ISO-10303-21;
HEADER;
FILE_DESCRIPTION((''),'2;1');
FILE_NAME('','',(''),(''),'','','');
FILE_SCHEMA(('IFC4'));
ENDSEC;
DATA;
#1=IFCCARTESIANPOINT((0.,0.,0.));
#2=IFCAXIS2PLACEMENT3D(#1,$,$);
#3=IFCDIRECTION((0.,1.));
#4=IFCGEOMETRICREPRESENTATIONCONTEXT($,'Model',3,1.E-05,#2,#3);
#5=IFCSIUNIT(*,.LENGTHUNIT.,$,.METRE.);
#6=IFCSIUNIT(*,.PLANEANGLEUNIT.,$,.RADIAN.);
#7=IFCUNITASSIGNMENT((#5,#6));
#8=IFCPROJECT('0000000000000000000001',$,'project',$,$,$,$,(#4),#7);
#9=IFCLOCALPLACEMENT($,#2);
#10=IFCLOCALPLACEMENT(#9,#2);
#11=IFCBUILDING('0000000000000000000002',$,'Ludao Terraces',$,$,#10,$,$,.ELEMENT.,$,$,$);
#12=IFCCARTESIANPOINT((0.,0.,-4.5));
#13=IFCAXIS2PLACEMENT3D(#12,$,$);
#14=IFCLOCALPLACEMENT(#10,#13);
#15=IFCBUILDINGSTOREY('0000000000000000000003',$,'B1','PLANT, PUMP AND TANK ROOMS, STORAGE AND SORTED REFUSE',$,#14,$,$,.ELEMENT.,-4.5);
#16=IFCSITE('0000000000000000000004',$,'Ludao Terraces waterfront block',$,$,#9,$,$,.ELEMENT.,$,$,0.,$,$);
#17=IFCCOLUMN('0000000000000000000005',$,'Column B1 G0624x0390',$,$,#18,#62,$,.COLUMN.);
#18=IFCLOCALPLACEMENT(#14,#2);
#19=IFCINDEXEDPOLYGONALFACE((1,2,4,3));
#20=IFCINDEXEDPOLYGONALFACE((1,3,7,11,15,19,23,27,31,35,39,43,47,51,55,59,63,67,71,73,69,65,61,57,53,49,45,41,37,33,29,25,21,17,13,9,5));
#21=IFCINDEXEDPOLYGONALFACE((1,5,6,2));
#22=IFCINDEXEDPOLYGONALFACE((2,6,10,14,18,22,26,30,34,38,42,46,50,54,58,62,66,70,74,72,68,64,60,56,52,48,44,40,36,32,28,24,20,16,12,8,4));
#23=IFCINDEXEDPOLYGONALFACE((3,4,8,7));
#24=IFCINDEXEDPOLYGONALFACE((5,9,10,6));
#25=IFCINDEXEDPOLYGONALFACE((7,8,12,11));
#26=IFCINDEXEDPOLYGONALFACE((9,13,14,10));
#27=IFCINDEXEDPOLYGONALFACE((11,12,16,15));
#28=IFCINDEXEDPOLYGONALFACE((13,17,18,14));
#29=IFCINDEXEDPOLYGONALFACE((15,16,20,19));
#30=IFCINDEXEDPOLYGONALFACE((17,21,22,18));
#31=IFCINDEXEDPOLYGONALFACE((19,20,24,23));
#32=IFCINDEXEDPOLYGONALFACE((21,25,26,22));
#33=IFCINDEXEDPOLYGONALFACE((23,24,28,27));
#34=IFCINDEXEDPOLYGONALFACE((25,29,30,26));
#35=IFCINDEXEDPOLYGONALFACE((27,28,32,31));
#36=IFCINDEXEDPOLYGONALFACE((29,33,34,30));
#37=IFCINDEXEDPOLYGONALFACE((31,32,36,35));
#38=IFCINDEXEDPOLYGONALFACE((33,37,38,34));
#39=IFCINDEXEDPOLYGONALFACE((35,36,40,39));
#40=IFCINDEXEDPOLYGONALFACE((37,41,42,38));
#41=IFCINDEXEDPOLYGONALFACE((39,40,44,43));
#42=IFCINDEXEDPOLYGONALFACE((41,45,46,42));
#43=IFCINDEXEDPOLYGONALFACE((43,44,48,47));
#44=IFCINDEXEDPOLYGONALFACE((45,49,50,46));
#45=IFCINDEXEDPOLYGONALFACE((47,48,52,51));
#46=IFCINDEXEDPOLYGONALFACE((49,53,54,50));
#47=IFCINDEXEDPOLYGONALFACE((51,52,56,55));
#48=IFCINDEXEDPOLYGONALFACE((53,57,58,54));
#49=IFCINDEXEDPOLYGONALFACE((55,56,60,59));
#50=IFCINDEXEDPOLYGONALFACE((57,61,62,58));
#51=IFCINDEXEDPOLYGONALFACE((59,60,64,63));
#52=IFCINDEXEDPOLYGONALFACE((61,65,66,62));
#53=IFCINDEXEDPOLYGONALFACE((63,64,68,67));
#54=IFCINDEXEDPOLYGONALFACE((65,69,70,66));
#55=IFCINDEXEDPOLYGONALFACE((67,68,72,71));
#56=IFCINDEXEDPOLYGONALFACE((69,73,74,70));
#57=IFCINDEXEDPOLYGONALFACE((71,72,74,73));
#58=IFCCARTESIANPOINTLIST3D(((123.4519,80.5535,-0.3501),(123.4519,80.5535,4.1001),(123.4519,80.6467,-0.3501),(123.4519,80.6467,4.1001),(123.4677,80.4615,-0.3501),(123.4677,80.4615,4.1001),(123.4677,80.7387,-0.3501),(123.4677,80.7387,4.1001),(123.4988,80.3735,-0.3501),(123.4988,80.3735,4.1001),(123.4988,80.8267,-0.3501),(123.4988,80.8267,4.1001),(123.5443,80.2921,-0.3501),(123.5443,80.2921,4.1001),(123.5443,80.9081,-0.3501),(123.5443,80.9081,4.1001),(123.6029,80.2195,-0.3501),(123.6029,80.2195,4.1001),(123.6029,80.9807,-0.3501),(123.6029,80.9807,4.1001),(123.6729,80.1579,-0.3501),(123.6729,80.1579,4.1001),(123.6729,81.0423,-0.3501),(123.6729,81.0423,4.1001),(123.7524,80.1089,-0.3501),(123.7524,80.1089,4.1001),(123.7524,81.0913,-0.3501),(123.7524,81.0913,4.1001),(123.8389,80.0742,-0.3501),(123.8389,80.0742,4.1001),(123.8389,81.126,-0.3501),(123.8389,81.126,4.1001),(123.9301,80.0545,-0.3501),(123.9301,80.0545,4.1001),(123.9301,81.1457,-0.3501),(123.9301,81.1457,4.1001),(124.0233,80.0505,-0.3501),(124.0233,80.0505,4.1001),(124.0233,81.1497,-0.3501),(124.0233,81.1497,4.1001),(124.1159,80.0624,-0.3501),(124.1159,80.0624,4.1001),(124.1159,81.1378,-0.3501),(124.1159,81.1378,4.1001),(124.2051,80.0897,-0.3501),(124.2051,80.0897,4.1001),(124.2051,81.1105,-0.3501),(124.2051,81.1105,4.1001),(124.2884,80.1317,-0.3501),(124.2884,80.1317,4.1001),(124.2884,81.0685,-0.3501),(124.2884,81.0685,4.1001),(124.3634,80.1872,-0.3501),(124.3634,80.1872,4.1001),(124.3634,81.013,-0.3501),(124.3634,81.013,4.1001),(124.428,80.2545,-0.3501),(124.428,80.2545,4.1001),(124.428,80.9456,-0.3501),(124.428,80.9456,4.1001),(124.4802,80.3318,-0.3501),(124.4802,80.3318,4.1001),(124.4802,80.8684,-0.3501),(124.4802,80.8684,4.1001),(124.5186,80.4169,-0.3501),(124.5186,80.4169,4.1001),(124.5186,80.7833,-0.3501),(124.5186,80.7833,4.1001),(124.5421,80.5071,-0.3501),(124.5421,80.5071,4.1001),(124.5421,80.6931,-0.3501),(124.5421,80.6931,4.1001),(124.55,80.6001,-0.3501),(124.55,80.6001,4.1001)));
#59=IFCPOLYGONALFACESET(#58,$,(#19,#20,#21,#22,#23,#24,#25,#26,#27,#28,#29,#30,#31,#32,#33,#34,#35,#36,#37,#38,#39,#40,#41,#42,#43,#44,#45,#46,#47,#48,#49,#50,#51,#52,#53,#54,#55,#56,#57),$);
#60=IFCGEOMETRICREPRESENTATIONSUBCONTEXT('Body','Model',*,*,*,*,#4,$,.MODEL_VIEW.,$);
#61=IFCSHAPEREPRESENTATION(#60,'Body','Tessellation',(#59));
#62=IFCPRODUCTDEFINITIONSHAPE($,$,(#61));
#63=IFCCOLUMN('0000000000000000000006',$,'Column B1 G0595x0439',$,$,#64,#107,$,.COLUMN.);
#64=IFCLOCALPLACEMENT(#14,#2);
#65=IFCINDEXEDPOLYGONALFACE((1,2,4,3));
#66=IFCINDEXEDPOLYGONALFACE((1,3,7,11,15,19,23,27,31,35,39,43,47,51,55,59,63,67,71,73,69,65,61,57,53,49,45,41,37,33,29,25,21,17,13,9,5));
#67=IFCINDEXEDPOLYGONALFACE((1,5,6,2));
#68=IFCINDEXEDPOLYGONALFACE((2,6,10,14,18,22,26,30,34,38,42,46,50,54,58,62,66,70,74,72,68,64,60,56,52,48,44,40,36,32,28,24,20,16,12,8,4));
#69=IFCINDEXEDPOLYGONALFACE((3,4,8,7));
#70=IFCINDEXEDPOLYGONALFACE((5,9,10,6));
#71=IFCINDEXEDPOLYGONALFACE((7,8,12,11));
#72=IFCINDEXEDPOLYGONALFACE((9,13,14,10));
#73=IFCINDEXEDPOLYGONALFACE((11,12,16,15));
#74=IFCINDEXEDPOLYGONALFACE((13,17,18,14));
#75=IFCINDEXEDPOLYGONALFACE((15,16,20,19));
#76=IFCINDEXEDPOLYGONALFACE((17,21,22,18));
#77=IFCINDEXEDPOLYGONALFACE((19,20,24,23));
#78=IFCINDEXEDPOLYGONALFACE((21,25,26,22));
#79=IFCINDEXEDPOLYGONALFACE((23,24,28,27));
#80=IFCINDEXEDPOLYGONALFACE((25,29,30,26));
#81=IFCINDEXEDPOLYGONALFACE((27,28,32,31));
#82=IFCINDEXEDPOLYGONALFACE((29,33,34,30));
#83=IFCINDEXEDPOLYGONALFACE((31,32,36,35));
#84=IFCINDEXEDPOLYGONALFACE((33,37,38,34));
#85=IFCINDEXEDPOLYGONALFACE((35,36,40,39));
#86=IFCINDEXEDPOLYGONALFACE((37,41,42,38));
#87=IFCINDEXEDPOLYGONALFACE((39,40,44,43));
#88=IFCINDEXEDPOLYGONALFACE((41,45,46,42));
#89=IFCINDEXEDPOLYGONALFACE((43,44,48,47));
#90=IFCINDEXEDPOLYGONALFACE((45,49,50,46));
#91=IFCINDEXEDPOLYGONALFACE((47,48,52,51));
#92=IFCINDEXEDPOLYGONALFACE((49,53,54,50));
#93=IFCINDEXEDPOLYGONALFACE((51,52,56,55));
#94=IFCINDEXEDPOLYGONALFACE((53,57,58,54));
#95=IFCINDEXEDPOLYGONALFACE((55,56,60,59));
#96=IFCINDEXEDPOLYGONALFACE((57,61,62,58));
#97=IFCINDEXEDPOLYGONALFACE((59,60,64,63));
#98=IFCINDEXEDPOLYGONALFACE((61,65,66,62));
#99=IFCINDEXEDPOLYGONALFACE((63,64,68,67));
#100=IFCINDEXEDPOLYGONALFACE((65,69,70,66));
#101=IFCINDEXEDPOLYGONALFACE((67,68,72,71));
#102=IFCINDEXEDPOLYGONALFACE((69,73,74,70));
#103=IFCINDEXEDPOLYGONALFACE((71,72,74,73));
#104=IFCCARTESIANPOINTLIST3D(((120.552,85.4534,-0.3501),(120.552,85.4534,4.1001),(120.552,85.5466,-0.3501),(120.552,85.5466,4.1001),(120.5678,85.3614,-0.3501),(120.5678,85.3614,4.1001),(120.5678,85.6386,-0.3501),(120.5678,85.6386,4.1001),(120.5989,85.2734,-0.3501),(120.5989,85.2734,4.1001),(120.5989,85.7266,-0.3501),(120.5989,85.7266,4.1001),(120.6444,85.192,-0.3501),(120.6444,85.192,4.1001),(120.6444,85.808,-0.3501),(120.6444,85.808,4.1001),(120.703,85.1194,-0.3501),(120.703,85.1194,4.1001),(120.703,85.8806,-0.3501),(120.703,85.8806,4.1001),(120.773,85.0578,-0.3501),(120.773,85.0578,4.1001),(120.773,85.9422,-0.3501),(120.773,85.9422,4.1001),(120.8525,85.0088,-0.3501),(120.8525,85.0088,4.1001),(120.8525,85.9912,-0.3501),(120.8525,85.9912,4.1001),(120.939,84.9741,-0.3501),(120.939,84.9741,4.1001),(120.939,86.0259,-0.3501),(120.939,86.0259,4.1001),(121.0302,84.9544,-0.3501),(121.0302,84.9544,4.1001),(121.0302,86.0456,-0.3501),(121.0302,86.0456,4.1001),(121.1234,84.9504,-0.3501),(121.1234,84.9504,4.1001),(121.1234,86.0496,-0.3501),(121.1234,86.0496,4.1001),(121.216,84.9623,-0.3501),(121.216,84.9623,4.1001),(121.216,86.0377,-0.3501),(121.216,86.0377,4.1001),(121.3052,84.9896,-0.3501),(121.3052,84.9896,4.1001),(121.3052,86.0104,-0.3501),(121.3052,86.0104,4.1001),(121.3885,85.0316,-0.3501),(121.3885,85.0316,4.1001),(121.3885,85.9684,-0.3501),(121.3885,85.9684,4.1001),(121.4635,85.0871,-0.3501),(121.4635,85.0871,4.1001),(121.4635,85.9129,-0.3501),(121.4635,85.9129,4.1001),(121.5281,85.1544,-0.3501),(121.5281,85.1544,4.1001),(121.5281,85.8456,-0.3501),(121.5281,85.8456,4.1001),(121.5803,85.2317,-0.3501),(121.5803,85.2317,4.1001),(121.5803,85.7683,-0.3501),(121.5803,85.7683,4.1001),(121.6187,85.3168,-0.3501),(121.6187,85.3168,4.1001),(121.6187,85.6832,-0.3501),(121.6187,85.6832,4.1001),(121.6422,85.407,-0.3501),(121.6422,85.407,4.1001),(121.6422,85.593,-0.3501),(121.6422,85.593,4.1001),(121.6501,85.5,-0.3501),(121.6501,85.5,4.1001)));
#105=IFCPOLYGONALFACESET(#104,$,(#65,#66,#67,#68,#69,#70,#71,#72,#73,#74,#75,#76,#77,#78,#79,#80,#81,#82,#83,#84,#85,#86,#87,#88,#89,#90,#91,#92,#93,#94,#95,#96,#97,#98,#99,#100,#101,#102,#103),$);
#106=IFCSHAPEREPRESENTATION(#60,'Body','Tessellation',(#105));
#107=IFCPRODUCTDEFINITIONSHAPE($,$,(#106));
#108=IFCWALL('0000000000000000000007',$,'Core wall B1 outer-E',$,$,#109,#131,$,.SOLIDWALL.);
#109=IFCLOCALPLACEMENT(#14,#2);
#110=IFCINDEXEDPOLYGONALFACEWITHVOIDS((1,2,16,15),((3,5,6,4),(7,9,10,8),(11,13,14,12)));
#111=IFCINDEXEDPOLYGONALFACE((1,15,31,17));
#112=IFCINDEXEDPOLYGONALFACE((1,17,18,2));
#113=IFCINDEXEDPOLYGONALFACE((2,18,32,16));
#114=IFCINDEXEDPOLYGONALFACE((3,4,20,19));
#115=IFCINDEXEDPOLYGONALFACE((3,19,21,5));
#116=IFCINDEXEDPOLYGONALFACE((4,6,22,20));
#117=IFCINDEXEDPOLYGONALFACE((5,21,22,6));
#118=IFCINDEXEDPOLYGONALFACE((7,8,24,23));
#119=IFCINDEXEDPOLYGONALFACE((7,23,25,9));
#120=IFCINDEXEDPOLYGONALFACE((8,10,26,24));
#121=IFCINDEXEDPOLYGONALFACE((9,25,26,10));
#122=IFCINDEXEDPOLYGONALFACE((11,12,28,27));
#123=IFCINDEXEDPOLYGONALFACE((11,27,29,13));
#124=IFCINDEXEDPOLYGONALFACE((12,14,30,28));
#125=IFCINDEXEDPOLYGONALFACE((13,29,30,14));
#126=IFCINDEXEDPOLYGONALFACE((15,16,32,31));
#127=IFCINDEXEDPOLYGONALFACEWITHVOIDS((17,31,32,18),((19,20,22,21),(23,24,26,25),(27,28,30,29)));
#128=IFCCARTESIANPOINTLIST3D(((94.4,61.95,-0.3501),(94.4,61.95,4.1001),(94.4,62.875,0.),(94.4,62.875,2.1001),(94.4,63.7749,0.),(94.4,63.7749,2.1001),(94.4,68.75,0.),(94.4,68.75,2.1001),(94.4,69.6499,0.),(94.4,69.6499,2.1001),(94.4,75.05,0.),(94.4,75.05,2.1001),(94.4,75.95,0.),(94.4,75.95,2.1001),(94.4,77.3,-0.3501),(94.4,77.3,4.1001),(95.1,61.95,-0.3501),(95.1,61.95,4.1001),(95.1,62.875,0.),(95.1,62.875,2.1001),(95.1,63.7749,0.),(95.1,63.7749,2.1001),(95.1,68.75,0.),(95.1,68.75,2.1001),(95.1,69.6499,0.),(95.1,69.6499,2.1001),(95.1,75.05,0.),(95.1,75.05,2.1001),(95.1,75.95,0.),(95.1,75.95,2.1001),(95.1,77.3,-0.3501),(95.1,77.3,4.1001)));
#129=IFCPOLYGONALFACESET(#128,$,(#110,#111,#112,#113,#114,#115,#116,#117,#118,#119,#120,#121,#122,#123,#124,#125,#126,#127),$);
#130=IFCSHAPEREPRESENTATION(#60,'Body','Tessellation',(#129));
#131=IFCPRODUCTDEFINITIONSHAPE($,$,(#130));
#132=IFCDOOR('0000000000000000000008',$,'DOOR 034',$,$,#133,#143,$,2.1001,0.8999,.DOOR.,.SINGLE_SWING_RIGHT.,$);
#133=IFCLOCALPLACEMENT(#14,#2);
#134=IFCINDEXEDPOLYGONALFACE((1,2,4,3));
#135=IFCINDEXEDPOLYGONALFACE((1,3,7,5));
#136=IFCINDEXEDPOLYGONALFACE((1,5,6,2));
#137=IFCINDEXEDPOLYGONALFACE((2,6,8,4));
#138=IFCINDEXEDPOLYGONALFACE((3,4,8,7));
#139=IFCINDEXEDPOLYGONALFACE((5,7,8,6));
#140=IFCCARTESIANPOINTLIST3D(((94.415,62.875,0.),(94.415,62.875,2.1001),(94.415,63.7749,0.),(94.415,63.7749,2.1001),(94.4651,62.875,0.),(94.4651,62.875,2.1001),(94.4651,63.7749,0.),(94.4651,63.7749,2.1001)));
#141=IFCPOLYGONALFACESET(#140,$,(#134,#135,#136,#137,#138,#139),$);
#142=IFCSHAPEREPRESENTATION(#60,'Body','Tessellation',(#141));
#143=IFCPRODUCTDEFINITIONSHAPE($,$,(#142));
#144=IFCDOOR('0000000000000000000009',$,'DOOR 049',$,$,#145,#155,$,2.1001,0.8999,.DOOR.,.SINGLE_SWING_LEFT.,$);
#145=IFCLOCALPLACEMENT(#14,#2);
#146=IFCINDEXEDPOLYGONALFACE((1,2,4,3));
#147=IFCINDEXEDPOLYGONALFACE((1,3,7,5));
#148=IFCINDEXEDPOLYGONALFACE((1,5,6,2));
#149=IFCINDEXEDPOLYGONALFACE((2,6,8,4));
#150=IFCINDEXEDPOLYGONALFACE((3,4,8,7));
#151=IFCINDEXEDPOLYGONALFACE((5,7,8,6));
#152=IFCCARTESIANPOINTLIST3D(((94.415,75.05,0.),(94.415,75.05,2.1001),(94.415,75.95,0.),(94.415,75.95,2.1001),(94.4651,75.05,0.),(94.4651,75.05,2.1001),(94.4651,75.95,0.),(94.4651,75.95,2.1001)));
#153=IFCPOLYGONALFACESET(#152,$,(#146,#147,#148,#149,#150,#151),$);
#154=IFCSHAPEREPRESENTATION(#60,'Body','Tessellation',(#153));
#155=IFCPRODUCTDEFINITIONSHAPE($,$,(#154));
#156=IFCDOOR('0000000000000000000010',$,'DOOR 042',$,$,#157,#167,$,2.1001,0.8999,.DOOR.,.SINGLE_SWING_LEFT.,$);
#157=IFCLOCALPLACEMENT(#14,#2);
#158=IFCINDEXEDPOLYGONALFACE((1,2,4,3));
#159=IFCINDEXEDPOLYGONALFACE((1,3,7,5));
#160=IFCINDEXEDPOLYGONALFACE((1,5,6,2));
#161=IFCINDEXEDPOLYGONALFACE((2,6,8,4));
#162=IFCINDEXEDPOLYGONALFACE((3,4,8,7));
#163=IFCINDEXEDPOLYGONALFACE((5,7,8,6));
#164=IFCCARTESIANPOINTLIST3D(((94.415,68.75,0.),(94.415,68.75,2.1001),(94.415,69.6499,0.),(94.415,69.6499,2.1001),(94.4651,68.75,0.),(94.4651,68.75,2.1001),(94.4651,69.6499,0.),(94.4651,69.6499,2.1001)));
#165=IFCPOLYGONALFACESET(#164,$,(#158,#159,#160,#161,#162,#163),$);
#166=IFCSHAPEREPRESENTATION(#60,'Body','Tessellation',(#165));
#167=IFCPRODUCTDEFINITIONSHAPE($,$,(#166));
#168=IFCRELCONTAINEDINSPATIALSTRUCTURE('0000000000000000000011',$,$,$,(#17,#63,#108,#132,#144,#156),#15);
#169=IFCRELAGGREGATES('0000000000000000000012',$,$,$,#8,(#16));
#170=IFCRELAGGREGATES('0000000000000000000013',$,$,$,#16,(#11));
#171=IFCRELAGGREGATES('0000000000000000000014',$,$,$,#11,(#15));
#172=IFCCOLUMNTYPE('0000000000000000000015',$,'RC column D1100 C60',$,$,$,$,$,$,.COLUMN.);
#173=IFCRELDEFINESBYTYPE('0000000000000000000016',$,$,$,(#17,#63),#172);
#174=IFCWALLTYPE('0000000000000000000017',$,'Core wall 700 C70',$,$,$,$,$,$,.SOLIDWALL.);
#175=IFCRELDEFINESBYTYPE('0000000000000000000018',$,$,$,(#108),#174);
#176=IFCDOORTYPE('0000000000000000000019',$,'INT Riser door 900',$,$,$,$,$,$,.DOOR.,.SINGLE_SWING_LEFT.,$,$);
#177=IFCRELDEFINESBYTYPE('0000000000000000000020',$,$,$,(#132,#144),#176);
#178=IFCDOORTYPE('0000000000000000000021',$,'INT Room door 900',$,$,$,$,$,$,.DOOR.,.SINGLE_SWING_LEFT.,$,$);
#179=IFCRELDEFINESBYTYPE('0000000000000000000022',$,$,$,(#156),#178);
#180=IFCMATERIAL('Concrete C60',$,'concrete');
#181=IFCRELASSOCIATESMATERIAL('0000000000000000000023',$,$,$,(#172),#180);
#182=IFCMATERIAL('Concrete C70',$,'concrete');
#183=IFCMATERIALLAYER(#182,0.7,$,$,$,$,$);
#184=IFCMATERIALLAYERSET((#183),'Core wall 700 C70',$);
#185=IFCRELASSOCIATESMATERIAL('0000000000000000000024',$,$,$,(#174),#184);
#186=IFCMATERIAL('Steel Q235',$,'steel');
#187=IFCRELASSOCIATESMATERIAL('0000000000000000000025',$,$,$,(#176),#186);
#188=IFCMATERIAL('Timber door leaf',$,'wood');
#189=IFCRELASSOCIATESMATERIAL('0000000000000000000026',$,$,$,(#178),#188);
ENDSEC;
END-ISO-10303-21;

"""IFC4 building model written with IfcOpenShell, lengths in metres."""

from ifc_helpers import new_model, si_unit, direction, frame, frame_2d, origin, origin_2d, place, context, subcontext, project, spatial, rectangle, circle, extrude, material, layer, layer_set, material_profile, profile_set, type_object, element, fill, save


model = new_model("IFC4")

# Units and contexts
model_context = context("Model", 3, precision=1e-05, world=origin(), true_north=direction((0.0, 1.0)))
body_context = subcontext(model_context, "Body", "Model", "MODEL_VIEW")
ifc_project = project(units=[si_unit("LENGTHUNIT", "METRE"), si_unit("PLANEANGLEUNIT", "RADIAN")], contexts=[model_context])

# Site, building, storey
site_placement = place(None, origin())
site = spatial("IfcSite", under=ifc_project, at=site_placement, Name="Ludao Terraces waterfront block", CompositionType="ELEMENT", RefElevation=0.0)
building_placement = place(site_placement, origin())
building = spatial("IfcBuilding", under=site, at=building_placement, Name="Ludao Terraces", CompositionType="ELEMENT")
storey_placement = place(building_placement, frame((0.0, 0.0, -4.5)))
storey = spatial("IfcBuildingStorey", under=building, at=storey_placement, Name="B1", Description="PLANT, PUMP AND TANK ROOMS, STORAGE AND SORTED REFUSE", CompositionType="ELEMENT", Elevation=-4.5)

# Columns
ifc_material_1 = material(Name="Concrete C60", Category="concrete")
ifc_material_profile_1 = material_profile(ifc_material_1, circle(Radius=0.55, at=origin_2d()), Name="D1100")
ifc_profile_set_1 = profile_set([ifc_material_profile_1], Name="Concrete C60")
column_type_1 = type_object("IfcColumnType", Name="RC column D1100 C60", PredefinedType="COLUMN", material=ifc_profile_set_1)
for number, where, z_axis, x_axis, name in (
    (1, (124.0, 80.6001, -0.3501), (0.0, 0.0, 1.0), (1.0, 0.0, 0.0), "Column B1 G0624x0390"),
    (2, (121.1001, 85.5, -0.3501), (0.0, 0.0, 1.0), (1.0, 0.0, 0.0), "Column B1 G0595x0439"),
):
    element("IfcColumn", number, at=place(storey_placement, frame(where, z_axis=z_axis, x_axis=x_axis)), inside=storey, type_object=column_type_1, Name=name, PredefinedType="COLUMN", context=body_context, shape_type="SweptSolid", body=[
        extrude(circle(Radius=0.55, at=origin_2d()), origin(), (0.0, 0.0, 1.0), 4.4502),
    ])

# Wall, openings, doors
ifc_material_2 = material(Name="Concrete C70", Category="concrete")
ifc_layer_1 = layer(ifc_material_2, 0.7)
ifc_layer_set_1 = layer_set([ifc_layer_1], Name="Core wall 700 C70")
wall_type_1 = type_object("IfcWallType", Name="Core wall 700 C70", PredefinedType="SOLIDWALL", material=ifc_layer_set_1)
wall_1_placement = place(storey_placement, frame((94.75, 61.95, -0.3501), z_axis=(0.0, 0.0, 1.0), x_axis=(0.0, 1.0, 0.0)))
wall_1 = element("IfcWall", 3, at=wall_1_placement, inside=storey, type_object=wall_type_1, Name="Core wall B1 outer-E", PredefinedType="SOLIDWALL", context=body_context, shape_type="SweptSolid", body=[
    extrude(rectangle(XDim=15.3501, YDim=0.7, at=frame_2d((7.675, 0.0))), origin(), (0.0, 0.0, 1.0), 4.4502),
])
opening_1_placement = place(wall_1_placement, frame((0.925, 0.0, 0.3501)))
opening_1 = element("IfcOpeningElement", 4, at=opening_1_placement, cuts=wall_1, PredefinedType="OPENING", context=body_context, shape_type="SweptSolid", body=[
    extrude(rectangle(XDim=0.8999, YDim=2.1001, at=frame_2d((0.45, 1.05))), frame((0.0, 0.3599, 0.0), z_axis=(0.0, -1.0, 0.0), x_axis=(1.0, 0.0, 0.0)), (0.0, 0.0, 1.0), 0.72),
])
opening_2_placement = place(wall_1_placement, frame((6.8, 0.0, 0.3501)))
opening_2 = element("IfcOpeningElement", 5, at=opening_2_placement, cuts=wall_1, PredefinedType="OPENING", context=body_context, shape_type="SweptSolid", body=[
    extrude(rectangle(XDim=0.8999, YDim=2.1001, at=frame_2d((0.45, 1.05))), frame((0.0, 0.3599, 0.0), z_axis=(0.0, -1.0, 0.0), x_axis=(1.0, 0.0, 0.0)), (0.0, 0.0, 1.0), 0.72),
])
opening_3_placement = place(wall_1_placement, frame((13.1001, 0.0, 0.3501)))
opening_3 = element("IfcOpeningElement", 6, at=opening_3_placement, cuts=wall_1, PredefinedType="OPENING", context=body_context, shape_type="SweptSolid", body=[
    extrude(rectangle(XDim=0.8999, YDim=2.1001, at=frame_2d((0.45, 1.05))), frame((0.0, 0.3599, 0.0), z_axis=(0.0, -1.0, 0.0), x_axis=(1.0, 0.0, 0.0)), (0.0, 0.0, 1.0), 0.72),
])
ifc_material_3 = material(Name="Steel Q235", Category="steel")
door_type_1 = type_object("IfcDoorType", Name="INT Riser door 900", OperationType="SINGLE_SWING_LEFT", PredefinedType="DOOR", material=ifc_material_3)
door_1_placement = place(opening_1_placement, origin())
door_1 = element("IfcDoor", 7, at=door_1_placement, inside=storey, type_object=door_type_1, Name="DOOR 034", OperationType="SINGLE_SWING_RIGHT", OverallHeight=2.1001, OverallWidth=0.8999, PredefinedType="DOOR", context=body_context, shape_type="SweptSolid", body=[
    extrude(rectangle(XDim=0.8999, YDim=2.1001, at=frame_2d((0.45, 1.05))), frame((0.0, 0.335, 0.0), z_axis=(0.0, -1.0, 0.0), x_axis=(1.0, 0.0, 0.0)), (0.0, 0.0, 1.0), 0.05),
])
fill(opening_1, door_1)
door_2_placement = place(opening_3_placement, origin())
door_2 = element("IfcDoor", 8, at=door_2_placement, inside=storey, type_object=door_type_1, Name="DOOR 049", OperationType="SINGLE_SWING_LEFT", OverallHeight=2.1001, OverallWidth=0.8999, PredefinedType="DOOR", context=body_context, shape_type="SweptSolid", body=[
    extrude(rectangle(XDim=0.8999, YDim=2.1001, at=frame_2d((0.45, 1.05))), frame((0.0, 0.335, 0.0), z_axis=(0.0, -1.0, 0.0), x_axis=(1.0, 0.0, 0.0)), (0.0, 0.0, 1.0), 0.05),
])
fill(opening_3, door_2)
ifc_material_4 = material(Name="Timber door leaf", Category="wood")
door_type_2 = type_object("IfcDoorType", Name="INT Room door 900", OperationType="SINGLE_SWING_LEFT", PredefinedType="DOOR", material=ifc_material_4)
door_3_placement = place(opening_2_placement, origin())
door_3 = element("IfcDoor", 9, at=door_3_placement, inside=storey, type_object=door_type_2, Name="DOOR 042", OperationType="SINGLE_SWING_LEFT", OverallHeight=2.1001, OverallWidth=0.8999, PredefinedType="DOOR", context=body_context, shape_type="SweptSolid", body=[
    extrude(rectangle(XDim=0.8999, YDim=2.1001, at=frame_2d((0.45, 1.05))), frame((0.0, 0.335, 0.0), z_axis=(0.0, -1.0, 0.0), x_axis=(1.0, 0.0, 0.0)), (0.0, 0.0, 1.0), 0.05),
])
fill(opening_2, door_3)

save(model, "model.ifc")
